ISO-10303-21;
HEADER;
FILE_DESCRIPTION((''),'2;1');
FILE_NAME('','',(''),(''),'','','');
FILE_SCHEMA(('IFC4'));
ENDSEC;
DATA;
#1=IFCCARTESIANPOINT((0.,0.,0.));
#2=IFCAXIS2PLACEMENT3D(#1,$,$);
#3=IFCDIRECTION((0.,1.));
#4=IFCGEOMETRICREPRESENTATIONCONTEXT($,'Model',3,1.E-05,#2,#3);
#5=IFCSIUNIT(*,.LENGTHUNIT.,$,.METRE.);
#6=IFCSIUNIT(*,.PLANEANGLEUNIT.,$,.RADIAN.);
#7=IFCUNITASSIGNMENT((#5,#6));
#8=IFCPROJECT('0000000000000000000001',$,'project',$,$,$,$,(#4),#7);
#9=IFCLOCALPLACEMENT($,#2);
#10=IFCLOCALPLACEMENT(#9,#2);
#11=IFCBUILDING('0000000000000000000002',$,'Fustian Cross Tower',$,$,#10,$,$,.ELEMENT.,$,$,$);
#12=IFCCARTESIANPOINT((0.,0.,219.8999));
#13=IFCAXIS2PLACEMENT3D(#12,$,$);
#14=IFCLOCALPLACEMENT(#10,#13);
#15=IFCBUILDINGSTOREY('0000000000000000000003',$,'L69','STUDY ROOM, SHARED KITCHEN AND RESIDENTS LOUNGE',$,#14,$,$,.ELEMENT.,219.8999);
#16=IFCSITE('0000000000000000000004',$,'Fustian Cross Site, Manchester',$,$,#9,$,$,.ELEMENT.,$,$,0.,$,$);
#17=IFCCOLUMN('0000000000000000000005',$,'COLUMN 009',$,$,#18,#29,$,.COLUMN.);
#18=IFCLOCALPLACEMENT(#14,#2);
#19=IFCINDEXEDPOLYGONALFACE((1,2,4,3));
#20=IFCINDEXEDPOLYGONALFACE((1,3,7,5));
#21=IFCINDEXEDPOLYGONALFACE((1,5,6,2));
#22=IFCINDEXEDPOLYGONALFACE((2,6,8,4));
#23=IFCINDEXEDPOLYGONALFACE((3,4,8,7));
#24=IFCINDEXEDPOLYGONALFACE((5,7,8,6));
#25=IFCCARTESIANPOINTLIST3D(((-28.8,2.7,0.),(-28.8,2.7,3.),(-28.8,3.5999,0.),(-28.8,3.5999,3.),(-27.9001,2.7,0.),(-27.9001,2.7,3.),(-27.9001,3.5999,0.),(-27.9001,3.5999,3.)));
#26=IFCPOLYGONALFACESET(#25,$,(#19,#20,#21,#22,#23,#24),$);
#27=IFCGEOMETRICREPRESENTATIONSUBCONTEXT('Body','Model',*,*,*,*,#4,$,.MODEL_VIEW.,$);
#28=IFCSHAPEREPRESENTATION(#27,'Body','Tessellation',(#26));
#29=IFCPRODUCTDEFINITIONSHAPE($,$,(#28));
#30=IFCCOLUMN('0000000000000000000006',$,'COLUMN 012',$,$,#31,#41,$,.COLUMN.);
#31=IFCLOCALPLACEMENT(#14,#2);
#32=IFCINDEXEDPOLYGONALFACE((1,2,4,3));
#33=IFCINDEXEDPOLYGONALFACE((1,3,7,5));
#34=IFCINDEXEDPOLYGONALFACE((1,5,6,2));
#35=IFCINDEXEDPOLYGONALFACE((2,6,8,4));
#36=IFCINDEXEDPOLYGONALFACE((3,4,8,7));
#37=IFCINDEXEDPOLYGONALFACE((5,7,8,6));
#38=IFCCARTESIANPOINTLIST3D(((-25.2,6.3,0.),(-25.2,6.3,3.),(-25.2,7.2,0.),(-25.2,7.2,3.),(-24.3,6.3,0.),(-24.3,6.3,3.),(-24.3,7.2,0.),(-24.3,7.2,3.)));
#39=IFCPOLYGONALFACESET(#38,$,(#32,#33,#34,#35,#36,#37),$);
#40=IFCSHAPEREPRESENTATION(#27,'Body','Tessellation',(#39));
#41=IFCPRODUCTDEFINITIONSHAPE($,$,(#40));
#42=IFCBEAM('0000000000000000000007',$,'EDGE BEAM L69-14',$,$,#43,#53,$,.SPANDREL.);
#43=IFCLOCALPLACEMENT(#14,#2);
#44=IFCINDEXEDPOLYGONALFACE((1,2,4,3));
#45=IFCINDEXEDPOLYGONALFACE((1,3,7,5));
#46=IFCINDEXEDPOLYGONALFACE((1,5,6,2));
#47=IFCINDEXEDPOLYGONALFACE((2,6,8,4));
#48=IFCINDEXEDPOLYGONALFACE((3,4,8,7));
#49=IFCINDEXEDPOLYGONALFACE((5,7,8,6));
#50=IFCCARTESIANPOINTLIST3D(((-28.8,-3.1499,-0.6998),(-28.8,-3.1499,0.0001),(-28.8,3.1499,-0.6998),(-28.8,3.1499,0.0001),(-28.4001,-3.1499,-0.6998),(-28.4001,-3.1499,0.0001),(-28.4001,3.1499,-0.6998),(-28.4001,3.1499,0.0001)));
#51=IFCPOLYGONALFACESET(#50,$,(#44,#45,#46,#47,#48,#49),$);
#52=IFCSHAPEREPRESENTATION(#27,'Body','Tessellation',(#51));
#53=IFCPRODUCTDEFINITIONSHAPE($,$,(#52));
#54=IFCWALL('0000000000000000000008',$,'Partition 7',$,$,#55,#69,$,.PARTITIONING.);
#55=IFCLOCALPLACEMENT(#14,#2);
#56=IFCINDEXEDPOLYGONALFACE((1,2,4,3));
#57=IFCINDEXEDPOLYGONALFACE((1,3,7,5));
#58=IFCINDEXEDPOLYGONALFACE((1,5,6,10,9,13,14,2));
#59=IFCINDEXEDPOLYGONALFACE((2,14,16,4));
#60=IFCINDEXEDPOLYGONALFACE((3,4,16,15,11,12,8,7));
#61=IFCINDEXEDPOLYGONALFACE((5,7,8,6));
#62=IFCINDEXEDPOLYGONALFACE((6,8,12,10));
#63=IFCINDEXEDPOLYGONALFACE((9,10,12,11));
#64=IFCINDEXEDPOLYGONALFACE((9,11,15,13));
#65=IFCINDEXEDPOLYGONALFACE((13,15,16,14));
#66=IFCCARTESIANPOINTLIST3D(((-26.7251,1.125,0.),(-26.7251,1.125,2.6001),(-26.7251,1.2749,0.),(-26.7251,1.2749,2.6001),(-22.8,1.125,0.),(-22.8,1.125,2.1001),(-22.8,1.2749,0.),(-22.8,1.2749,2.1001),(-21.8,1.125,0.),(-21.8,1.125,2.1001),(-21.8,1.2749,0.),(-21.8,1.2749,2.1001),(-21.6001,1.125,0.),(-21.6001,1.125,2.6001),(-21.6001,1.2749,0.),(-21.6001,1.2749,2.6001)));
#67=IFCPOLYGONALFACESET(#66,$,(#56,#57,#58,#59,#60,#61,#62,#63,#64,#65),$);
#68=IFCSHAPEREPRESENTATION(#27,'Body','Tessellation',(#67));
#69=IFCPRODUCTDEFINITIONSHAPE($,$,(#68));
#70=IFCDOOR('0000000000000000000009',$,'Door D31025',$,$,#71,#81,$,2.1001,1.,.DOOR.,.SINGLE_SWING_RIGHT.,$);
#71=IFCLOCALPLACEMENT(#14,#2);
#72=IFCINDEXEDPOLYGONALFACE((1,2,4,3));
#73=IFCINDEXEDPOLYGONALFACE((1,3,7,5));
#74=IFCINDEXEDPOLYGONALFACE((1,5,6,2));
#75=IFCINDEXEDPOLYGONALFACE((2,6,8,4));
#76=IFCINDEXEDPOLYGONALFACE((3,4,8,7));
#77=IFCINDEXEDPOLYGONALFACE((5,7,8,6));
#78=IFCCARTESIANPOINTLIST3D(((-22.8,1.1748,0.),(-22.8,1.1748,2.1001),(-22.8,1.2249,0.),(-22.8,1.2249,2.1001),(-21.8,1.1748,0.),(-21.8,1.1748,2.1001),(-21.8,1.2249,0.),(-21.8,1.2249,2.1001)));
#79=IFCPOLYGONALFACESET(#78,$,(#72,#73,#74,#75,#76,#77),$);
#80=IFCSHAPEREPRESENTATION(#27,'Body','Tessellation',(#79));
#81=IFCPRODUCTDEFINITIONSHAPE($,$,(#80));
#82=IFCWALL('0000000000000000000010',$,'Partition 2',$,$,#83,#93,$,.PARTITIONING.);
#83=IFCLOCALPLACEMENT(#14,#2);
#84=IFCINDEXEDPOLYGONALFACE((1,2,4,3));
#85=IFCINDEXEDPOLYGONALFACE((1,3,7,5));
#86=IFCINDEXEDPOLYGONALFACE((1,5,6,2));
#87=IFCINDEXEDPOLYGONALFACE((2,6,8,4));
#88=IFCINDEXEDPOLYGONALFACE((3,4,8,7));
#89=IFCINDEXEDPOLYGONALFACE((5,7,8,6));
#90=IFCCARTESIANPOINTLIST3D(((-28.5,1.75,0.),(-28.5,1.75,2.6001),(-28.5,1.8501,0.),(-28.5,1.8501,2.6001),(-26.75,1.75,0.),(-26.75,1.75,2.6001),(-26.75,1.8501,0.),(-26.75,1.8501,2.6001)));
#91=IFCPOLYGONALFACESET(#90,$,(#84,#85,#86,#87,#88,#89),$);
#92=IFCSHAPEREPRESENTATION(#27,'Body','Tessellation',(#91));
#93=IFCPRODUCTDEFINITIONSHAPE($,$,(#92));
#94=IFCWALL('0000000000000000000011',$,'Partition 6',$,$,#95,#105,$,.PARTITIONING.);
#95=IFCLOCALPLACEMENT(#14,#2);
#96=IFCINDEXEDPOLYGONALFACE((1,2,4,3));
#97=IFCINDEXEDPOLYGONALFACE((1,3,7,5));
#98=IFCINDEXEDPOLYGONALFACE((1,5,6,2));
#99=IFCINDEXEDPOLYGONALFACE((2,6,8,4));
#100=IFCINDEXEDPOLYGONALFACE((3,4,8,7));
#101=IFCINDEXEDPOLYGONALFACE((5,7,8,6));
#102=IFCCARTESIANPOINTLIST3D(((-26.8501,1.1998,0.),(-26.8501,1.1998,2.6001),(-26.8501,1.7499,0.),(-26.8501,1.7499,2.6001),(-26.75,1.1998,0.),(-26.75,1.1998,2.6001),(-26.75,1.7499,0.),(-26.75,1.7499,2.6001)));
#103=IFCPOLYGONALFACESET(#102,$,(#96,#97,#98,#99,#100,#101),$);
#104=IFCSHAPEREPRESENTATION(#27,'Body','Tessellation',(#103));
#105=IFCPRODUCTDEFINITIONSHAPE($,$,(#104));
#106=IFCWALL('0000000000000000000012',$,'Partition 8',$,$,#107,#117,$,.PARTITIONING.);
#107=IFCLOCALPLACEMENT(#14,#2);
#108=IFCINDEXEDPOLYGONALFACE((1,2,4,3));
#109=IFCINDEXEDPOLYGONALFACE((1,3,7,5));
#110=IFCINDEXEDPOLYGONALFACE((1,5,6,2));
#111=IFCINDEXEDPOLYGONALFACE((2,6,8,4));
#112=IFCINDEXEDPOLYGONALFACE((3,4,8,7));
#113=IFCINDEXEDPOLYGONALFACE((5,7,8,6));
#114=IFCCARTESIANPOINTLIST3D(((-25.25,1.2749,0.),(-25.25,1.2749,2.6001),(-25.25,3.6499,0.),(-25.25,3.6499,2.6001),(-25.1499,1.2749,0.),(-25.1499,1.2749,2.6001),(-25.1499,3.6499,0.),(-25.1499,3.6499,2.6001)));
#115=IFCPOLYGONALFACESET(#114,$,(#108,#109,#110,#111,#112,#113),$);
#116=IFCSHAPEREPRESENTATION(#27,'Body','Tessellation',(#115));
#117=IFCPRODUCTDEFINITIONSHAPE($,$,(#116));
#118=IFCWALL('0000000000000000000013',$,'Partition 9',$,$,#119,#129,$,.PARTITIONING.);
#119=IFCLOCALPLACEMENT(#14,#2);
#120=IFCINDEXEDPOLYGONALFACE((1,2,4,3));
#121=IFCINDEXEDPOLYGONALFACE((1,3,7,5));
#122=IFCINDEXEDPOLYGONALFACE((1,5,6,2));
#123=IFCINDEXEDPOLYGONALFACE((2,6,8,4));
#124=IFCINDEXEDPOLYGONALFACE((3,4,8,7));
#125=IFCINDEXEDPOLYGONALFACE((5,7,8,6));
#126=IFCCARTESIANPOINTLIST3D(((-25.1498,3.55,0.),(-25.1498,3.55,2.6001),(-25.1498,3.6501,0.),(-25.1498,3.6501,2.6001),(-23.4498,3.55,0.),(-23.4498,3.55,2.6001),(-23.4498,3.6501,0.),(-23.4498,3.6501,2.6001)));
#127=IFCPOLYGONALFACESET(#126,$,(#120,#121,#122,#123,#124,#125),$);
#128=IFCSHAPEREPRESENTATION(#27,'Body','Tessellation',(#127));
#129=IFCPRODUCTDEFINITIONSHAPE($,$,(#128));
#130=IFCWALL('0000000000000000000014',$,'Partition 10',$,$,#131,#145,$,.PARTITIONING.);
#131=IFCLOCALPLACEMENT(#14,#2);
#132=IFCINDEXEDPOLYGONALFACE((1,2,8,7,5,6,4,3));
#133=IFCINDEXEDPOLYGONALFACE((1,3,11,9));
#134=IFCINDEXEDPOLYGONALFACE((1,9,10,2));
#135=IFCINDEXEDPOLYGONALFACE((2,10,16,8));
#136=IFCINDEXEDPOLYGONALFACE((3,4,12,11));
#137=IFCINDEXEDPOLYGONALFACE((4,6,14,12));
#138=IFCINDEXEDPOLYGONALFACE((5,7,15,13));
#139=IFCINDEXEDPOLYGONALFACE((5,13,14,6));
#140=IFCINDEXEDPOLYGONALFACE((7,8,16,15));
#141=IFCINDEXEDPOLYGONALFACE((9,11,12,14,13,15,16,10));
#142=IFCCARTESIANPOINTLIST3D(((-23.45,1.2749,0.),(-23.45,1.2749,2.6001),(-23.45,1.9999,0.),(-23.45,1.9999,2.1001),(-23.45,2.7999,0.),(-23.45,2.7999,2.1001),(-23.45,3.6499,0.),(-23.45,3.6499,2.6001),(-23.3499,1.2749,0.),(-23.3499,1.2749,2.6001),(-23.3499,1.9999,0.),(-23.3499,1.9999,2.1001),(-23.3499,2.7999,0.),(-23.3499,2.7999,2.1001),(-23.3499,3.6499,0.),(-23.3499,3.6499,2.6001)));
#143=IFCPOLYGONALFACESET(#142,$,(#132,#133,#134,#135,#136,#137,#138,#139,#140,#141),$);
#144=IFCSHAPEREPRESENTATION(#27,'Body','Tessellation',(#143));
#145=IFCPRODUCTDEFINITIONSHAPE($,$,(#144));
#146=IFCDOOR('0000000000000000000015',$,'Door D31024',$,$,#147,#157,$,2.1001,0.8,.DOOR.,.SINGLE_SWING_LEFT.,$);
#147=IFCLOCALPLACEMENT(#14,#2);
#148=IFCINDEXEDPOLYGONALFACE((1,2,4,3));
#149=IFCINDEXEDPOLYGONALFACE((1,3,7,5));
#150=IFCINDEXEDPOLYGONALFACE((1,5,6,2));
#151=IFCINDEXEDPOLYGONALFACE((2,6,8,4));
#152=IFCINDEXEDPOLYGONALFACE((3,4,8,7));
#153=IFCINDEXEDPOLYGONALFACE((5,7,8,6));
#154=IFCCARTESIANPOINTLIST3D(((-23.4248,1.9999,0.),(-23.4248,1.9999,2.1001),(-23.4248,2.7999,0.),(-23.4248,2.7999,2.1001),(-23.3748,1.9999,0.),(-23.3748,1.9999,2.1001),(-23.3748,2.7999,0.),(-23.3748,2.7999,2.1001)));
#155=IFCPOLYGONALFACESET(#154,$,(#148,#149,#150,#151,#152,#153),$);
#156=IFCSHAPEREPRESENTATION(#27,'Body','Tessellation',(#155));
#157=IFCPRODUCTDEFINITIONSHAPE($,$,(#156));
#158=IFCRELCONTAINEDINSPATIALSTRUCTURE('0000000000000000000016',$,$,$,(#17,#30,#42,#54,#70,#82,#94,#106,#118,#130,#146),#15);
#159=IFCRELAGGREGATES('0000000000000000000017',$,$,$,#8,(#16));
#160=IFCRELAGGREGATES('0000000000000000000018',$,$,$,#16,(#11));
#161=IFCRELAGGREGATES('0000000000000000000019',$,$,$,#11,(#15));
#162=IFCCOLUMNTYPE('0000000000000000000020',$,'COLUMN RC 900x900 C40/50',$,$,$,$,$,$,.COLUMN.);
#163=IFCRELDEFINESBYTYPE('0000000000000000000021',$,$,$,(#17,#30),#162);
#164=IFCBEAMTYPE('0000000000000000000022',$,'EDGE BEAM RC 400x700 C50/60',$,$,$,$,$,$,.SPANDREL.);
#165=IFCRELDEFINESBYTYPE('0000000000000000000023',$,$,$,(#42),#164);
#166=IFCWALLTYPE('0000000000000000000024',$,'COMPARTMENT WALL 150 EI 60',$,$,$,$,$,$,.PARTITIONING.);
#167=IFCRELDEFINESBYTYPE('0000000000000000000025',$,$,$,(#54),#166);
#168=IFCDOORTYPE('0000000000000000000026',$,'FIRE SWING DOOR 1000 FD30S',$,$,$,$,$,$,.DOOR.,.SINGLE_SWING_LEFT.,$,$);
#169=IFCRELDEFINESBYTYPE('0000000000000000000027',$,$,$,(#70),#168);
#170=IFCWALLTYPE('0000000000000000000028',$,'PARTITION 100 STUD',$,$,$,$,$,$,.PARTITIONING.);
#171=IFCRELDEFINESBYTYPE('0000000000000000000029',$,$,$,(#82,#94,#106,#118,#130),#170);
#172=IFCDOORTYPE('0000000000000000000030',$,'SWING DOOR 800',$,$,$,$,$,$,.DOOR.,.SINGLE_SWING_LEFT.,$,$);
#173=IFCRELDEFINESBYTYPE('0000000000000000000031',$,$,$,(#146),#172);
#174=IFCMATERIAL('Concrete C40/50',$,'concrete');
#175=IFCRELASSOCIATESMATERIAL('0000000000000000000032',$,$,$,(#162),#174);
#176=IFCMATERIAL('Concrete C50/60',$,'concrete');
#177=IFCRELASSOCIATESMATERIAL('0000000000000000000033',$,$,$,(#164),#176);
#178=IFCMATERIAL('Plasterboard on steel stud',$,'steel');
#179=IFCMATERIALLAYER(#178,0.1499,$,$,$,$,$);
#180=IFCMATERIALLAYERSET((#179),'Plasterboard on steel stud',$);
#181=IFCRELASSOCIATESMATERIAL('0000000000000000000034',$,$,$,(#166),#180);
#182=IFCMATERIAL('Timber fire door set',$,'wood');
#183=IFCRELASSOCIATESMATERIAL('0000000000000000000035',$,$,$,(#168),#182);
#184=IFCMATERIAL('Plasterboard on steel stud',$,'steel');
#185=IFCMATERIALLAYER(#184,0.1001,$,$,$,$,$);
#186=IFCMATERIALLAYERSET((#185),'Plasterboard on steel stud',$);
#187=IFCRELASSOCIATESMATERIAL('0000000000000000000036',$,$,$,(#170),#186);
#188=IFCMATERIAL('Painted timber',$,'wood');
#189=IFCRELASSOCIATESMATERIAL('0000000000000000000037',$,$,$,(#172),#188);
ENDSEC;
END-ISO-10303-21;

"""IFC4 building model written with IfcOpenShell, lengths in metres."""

from ifc_helpers import new_model, si_unit, direction, frame, frame_2d, origin, origin_2d, place, context, subcontext, project, spatial, rectangle, extrude, material, layer, layer_set, material_profile, profile_set, type_object, element, fill, save


model = new_model("IFC4")

# Units and contexts
model_context = context("Model", 3, precision=1e-05, world=origin(), true_north=direction((0.0, 1.0)))
body_context = subcontext(model_context, "Body", "Model", "MODEL_VIEW")
ifc_project = project(units=[si_unit("LENGTHUNIT", "METRE"), si_unit("PLANEANGLEUNIT", "RADIAN")], contexts=[model_context])

# Site, building, storey
site_placement = place(None, origin())
site = spatial("IfcSite", under=ifc_project, at=site_placement, Name="Fustian Cross Site, Manchester", CompositionType="ELEMENT", RefElevation=0.0)
building_placement = place(site_placement, origin())
building = spatial("IfcBuilding", under=site, at=building_placement, Name="Fustian Cross Tower", CompositionType="ELEMENT")
storey_placement = place(building_placement, frame((0.0, 0.0, 219.8999)))
storey = spatial("IfcBuildingStorey", under=building, at=storey_placement, Name="L69", Description="STUDY ROOM, SHARED KITCHEN AND RESIDENTS LOUNGE", CompositionType="ELEMENT", Elevation=219.8999)

# Columns
ifc_material_1 = material(Name="Concrete C40/50", Category="concrete")
ifc_material_profile_1 = material_profile(ifc_material_1, rectangle(XDim=0.8999, YDim=0.8999, at=origin_2d()), Name="RC 900x900")
ifc_profile_set_1 = profile_set([ifc_material_profile_1], Name="Concrete C40/50")
column_type = type_object("IfcColumnType", Name="COLUMN RC 900x900 C40/50", PredefinedType="COLUMN", material=ifc_profile_set_1)
for number, where, z_axis, x_axis, name in (
    (1, (-28.3501, 3.1499, 0.0), (0.0, 0.0, 1.0), (1.0, 0.0, 0.0), "COLUMN 009"),
    (2, (-24.75, 6.75, 0.0), (0.0, 0.0, 1.0), (1.0, 0.0, 0.0), "COLUMN 012"),
):
    element("IfcColumn", number, at=place(storey_placement, frame(where, z_axis=z_axis, x_axis=x_axis)), inside=storey, type_object=column_type, Name=name, PredefinedType="COLUMN", context=body_context, shape_type="SweptSolid", body=[
        extrude(rectangle(XDim=0.8999, YDim=0.8999, at=origin_2d()), origin(), (0.0, 0.0, 1.0), 3.0),
    ])

# Beam
ifc_material_2 = material(Name="Concrete C50/60", Category="concrete")
ifc_material_profile_2 = material_profile(ifc_material_2, rectangle(XDim=0.3999, YDim=0.7, at=origin_2d()), Name="RC 400x700")
ifc_profile_set_2 = profile_set([ifc_material_profile_2], Name="Concrete C50/60")
beam_type = type_object("IfcBeamType", Name="EDGE BEAM RC 400x700 C50/60", PredefinedType="SPANDREL", material=ifc_profile_set_2)
beam_placement = place(storey_placement, frame((-28.6001, 3.1499, -0.3499), z_axis=(0.0, -1.0, 0.0), x_axis=(1.0, 0.0, 0.0)))
element("IfcBeam", 3, at=beam_placement, inside=storey, type_object=beam_type, Name="EDGE BEAM L69-14", PredefinedType="SPANDREL", context=body_context, shape_type="SweptSolid", body=[
    extrude(rectangle(XDim=0.3999, YDim=0.7, at=origin_2d()), origin(), (0.0, 0.0, 1.0), 6.2998),
])

# Wall, opening, door
ifc_material_3 = material(Name="Plasterboard on steel stud", Category="steel")
ifc_layer_1 = layer(ifc_material_3, 0.1499)
ifc_layer_set_1 = layer_set([ifc_layer_1], Name="Plasterboard on steel stud")
wall_type_1 = type_object("IfcWallType", Name="COMPARTMENT WALL 150 EI 60", PredefinedType="PARTITIONING", material=ifc_layer_set_1)
wall_1_placement = place(storey_placement, frame((-26.7251, 1.2, 0.0), z_axis=(0.0, 0.0, 1.0), x_axis=(1.0, 0.0, 0.0)))
wall_1 = element("IfcWall", 4, at=wall_1_placement, inside=storey, type_object=wall_type_1, Name="Partition 7", PredefinedType="PARTITIONING", context=body_context, shape_type="SweptSolid", body=[
    extrude(rectangle(XDim=5.125, YDim=0.1499, at=frame_2d((2.5625, 0.0))), origin(), (0.0, 0.0, 1.0), 2.6001),
])
opening_1_placement = place(wall_1_placement, frame((3.925, 0.0, 0.0)))
opening_1 = element("IfcOpeningElement", 5, at=opening_1_placement, cuts=wall_1, PredefinedType="OPENING", context=body_context, shape_type="SweptSolid", body=[
    extrude(rectangle(XDim=1.0, YDim=2.1001, at=frame_2d((0.5, 1.05))), frame((0.0, 0.085, 0.0), z_axis=(0.0, -1.0, 0.0), x_axis=(1.0, 0.0, 0.0)), (0.0, 0.0, 1.0), 0.1699),
])
ifc_material_4 = material(Name="Timber fire door set", Category="wood")
door_type_1 = type_object("IfcDoorType", Name="FIRE SWING DOOR 1000 FD30S", OperationType="SINGLE_SWING_LEFT", PredefinedType="DOOR", material=ifc_material_4)
door_1_placement = place(opening_1_placement, origin())
door_1 = element("IfcDoor", 6, at=door_1_placement, inside=storey, type_object=door_type_1, Name="Door D31025", OperationType="SINGLE_SWING_RIGHT", OverallHeight=2.1001, OverallWidth=1.0, PredefinedType="DOOR", context=body_context, shape_type="SweptSolid", body=[
    extrude(rectangle(XDim=1.0, YDim=2.1001, at=frame_2d((0.5, 1.05))), frame((0.0, 0.0249, 0.0), z_axis=(0.0, -1.0, 0.0), x_axis=(1.0, 0.0, 0.0)), (0.0, 0.0, 1.0), 0.05),
])
fill(opening_1, door_1)

# Walls
ifc_material_5 = material(Name="Plasterboard on steel stud", Category="steel")
ifc_layer_2 = layer(ifc_material_5, 0.1001)
ifc_layer_set_2 = layer_set([ifc_layer_2], Name="Plasterboard on steel stud")
wall_type_2 = type_object("IfcWallType", Name="PARTITION 100 STUD", PredefinedType="PARTITIONING", material=ifc_layer_set_2)
wall_2_placement = place(storey_placement, frame((-28.5, 1.8, 0.0), z_axis=(0.0, 0.0, 1.0), x_axis=(1.0, 0.0, 0.0)))
element("IfcWall", 7, at=wall_2_placement, inside=storey, type_object=wall_type_2, Name="Partition 2", PredefinedType="PARTITIONING", context=body_context, shape_type="SweptSolid", body=[
    extrude(rectangle(XDim=1.75, YDim=0.1001, at=frame_2d((0.875, 0.0))), origin(), (0.0, 0.0, 1.0), 2.6001),
])
wall_3_placement = place(storey_placement, frame((-26.8, 1.2, 0.0), z_axis=(0.0, 0.0, 1.0), x_axis=(0.0, 1.0, 0.0)))
element("IfcWall", 8, at=wall_3_placement, inside=storey, type_object=wall_type_2, Name="Partition 6", PredefinedType="PARTITIONING", context=body_context, shape_type="SweptSolid", body=[
    extrude(rectangle(XDim=0.55, YDim=0.1001, at=frame_2d((0.2749, 0.0))), origin(), (0.0, 0.0, 1.0), 2.6001),
])
wall_4_placement = place(storey_placement, frame((-25.2, 1.2749, 0.0), z_axis=(0.0, 0.0, 1.0), x_axis=(0.0, 1.0, 0.0)))
element("IfcWall", 9, at=wall_4_placement, inside=storey, type_object=wall_type_2, Name="Partition 8", PredefinedType="PARTITIONING", context=body_context, shape_type="SweptSolid", body=[
    extrude(rectangle(XDim=2.375, YDim=0.1001, at=frame_2d((1.1875, 0.0))), origin(), (0.0, 0.0, 1.0), 2.6001),
])
wall_5_placement = place(storey_placement, frame((-25.1499, 3.6001, 0.0), z_axis=(0.0, 0.0, 1.0), x_axis=(1.0, 0.0, 0.0)))
element("IfcWall", 10, at=wall_5_placement, inside=storey, type_object=wall_type_2, Name="Partition 9", PredefinedType="PARTITIONING", context=body_context, shape_type="SweptSolid", body=[
    extrude(rectangle(XDim=1.7, YDim=0.1001, at=frame_2d((0.8501, 0.0))), origin(), (0.0, 0.0, 1.0), 2.6001),
])

# Wall, opening, door
wall_6_placement = place(storey_placement, frame((-23.3999, 1.2749, 0.0), z_axis=(0.0, 0.0, 1.0), x_axis=(0.0, 1.0, 0.0)))
wall_6 = element("IfcWall", 11, at=wall_6_placement, inside=storey, type_object=wall_type_2, Name="Partition 10", PredefinedType="PARTITIONING", context=body_context, shape_type="SweptSolid", body=[
    extrude(rectangle(XDim=2.375, YDim=0.1001, at=frame_2d((1.1875, 0.0))), origin(), (0.0, 0.0, 1.0), 2.6001),
])
opening_2_placement = place(wall_6_placement, frame((0.7251, 0.0, 0.0)))
opening_2 = element("IfcOpeningElement", 12, at=opening_2_placement, cuts=wall_6, PredefinedType="OPENING", context=body_context, shape_type="SweptSolid", body=[
    extrude(rectangle(XDim=0.8, YDim=2.1001, at=frame_2d((0.3999, 1.05))), frame((0.0, 0.0601, 0.0), z_axis=(0.0, -1.0, 0.0), x_axis=(1.0, 0.0, 0.0)), (0.0, 0.0, 1.0), 0.1201),
])
ifc_material_6 = material(Name="Painted timber", Category="wood")
door_type_2 = type_object("IfcDoorType", Name="SWING DOOR 800", OperationType="SINGLE_SWING_LEFT", PredefinedType="DOOR", material=ifc_material_6)
door_2_placement = place(opening_2_placement, origin())
door_2 = element("IfcDoor", 13, at=door_2_placement, inside=storey, type_object=door_type_2, Name="Door D31024", OperationType="SINGLE_SWING_LEFT", OverallHeight=2.1001, OverallWidth=0.8, PredefinedType="DOOR", context=body_context, shape_type="SweptSolid", body=[
    extrude(rectangle(XDim=0.8, YDim=2.1001, at=frame_2d((0.3999, 1.05))), frame((0.0, 0.0249, 0.0), z_axis=(0.0, -1.0, 0.0), x_axis=(1.0, 0.0, 0.0)), (0.0, 0.0, 1.0), 0.05),
])
fill(opening_2, door_2)

save(model, "model.ifc")
